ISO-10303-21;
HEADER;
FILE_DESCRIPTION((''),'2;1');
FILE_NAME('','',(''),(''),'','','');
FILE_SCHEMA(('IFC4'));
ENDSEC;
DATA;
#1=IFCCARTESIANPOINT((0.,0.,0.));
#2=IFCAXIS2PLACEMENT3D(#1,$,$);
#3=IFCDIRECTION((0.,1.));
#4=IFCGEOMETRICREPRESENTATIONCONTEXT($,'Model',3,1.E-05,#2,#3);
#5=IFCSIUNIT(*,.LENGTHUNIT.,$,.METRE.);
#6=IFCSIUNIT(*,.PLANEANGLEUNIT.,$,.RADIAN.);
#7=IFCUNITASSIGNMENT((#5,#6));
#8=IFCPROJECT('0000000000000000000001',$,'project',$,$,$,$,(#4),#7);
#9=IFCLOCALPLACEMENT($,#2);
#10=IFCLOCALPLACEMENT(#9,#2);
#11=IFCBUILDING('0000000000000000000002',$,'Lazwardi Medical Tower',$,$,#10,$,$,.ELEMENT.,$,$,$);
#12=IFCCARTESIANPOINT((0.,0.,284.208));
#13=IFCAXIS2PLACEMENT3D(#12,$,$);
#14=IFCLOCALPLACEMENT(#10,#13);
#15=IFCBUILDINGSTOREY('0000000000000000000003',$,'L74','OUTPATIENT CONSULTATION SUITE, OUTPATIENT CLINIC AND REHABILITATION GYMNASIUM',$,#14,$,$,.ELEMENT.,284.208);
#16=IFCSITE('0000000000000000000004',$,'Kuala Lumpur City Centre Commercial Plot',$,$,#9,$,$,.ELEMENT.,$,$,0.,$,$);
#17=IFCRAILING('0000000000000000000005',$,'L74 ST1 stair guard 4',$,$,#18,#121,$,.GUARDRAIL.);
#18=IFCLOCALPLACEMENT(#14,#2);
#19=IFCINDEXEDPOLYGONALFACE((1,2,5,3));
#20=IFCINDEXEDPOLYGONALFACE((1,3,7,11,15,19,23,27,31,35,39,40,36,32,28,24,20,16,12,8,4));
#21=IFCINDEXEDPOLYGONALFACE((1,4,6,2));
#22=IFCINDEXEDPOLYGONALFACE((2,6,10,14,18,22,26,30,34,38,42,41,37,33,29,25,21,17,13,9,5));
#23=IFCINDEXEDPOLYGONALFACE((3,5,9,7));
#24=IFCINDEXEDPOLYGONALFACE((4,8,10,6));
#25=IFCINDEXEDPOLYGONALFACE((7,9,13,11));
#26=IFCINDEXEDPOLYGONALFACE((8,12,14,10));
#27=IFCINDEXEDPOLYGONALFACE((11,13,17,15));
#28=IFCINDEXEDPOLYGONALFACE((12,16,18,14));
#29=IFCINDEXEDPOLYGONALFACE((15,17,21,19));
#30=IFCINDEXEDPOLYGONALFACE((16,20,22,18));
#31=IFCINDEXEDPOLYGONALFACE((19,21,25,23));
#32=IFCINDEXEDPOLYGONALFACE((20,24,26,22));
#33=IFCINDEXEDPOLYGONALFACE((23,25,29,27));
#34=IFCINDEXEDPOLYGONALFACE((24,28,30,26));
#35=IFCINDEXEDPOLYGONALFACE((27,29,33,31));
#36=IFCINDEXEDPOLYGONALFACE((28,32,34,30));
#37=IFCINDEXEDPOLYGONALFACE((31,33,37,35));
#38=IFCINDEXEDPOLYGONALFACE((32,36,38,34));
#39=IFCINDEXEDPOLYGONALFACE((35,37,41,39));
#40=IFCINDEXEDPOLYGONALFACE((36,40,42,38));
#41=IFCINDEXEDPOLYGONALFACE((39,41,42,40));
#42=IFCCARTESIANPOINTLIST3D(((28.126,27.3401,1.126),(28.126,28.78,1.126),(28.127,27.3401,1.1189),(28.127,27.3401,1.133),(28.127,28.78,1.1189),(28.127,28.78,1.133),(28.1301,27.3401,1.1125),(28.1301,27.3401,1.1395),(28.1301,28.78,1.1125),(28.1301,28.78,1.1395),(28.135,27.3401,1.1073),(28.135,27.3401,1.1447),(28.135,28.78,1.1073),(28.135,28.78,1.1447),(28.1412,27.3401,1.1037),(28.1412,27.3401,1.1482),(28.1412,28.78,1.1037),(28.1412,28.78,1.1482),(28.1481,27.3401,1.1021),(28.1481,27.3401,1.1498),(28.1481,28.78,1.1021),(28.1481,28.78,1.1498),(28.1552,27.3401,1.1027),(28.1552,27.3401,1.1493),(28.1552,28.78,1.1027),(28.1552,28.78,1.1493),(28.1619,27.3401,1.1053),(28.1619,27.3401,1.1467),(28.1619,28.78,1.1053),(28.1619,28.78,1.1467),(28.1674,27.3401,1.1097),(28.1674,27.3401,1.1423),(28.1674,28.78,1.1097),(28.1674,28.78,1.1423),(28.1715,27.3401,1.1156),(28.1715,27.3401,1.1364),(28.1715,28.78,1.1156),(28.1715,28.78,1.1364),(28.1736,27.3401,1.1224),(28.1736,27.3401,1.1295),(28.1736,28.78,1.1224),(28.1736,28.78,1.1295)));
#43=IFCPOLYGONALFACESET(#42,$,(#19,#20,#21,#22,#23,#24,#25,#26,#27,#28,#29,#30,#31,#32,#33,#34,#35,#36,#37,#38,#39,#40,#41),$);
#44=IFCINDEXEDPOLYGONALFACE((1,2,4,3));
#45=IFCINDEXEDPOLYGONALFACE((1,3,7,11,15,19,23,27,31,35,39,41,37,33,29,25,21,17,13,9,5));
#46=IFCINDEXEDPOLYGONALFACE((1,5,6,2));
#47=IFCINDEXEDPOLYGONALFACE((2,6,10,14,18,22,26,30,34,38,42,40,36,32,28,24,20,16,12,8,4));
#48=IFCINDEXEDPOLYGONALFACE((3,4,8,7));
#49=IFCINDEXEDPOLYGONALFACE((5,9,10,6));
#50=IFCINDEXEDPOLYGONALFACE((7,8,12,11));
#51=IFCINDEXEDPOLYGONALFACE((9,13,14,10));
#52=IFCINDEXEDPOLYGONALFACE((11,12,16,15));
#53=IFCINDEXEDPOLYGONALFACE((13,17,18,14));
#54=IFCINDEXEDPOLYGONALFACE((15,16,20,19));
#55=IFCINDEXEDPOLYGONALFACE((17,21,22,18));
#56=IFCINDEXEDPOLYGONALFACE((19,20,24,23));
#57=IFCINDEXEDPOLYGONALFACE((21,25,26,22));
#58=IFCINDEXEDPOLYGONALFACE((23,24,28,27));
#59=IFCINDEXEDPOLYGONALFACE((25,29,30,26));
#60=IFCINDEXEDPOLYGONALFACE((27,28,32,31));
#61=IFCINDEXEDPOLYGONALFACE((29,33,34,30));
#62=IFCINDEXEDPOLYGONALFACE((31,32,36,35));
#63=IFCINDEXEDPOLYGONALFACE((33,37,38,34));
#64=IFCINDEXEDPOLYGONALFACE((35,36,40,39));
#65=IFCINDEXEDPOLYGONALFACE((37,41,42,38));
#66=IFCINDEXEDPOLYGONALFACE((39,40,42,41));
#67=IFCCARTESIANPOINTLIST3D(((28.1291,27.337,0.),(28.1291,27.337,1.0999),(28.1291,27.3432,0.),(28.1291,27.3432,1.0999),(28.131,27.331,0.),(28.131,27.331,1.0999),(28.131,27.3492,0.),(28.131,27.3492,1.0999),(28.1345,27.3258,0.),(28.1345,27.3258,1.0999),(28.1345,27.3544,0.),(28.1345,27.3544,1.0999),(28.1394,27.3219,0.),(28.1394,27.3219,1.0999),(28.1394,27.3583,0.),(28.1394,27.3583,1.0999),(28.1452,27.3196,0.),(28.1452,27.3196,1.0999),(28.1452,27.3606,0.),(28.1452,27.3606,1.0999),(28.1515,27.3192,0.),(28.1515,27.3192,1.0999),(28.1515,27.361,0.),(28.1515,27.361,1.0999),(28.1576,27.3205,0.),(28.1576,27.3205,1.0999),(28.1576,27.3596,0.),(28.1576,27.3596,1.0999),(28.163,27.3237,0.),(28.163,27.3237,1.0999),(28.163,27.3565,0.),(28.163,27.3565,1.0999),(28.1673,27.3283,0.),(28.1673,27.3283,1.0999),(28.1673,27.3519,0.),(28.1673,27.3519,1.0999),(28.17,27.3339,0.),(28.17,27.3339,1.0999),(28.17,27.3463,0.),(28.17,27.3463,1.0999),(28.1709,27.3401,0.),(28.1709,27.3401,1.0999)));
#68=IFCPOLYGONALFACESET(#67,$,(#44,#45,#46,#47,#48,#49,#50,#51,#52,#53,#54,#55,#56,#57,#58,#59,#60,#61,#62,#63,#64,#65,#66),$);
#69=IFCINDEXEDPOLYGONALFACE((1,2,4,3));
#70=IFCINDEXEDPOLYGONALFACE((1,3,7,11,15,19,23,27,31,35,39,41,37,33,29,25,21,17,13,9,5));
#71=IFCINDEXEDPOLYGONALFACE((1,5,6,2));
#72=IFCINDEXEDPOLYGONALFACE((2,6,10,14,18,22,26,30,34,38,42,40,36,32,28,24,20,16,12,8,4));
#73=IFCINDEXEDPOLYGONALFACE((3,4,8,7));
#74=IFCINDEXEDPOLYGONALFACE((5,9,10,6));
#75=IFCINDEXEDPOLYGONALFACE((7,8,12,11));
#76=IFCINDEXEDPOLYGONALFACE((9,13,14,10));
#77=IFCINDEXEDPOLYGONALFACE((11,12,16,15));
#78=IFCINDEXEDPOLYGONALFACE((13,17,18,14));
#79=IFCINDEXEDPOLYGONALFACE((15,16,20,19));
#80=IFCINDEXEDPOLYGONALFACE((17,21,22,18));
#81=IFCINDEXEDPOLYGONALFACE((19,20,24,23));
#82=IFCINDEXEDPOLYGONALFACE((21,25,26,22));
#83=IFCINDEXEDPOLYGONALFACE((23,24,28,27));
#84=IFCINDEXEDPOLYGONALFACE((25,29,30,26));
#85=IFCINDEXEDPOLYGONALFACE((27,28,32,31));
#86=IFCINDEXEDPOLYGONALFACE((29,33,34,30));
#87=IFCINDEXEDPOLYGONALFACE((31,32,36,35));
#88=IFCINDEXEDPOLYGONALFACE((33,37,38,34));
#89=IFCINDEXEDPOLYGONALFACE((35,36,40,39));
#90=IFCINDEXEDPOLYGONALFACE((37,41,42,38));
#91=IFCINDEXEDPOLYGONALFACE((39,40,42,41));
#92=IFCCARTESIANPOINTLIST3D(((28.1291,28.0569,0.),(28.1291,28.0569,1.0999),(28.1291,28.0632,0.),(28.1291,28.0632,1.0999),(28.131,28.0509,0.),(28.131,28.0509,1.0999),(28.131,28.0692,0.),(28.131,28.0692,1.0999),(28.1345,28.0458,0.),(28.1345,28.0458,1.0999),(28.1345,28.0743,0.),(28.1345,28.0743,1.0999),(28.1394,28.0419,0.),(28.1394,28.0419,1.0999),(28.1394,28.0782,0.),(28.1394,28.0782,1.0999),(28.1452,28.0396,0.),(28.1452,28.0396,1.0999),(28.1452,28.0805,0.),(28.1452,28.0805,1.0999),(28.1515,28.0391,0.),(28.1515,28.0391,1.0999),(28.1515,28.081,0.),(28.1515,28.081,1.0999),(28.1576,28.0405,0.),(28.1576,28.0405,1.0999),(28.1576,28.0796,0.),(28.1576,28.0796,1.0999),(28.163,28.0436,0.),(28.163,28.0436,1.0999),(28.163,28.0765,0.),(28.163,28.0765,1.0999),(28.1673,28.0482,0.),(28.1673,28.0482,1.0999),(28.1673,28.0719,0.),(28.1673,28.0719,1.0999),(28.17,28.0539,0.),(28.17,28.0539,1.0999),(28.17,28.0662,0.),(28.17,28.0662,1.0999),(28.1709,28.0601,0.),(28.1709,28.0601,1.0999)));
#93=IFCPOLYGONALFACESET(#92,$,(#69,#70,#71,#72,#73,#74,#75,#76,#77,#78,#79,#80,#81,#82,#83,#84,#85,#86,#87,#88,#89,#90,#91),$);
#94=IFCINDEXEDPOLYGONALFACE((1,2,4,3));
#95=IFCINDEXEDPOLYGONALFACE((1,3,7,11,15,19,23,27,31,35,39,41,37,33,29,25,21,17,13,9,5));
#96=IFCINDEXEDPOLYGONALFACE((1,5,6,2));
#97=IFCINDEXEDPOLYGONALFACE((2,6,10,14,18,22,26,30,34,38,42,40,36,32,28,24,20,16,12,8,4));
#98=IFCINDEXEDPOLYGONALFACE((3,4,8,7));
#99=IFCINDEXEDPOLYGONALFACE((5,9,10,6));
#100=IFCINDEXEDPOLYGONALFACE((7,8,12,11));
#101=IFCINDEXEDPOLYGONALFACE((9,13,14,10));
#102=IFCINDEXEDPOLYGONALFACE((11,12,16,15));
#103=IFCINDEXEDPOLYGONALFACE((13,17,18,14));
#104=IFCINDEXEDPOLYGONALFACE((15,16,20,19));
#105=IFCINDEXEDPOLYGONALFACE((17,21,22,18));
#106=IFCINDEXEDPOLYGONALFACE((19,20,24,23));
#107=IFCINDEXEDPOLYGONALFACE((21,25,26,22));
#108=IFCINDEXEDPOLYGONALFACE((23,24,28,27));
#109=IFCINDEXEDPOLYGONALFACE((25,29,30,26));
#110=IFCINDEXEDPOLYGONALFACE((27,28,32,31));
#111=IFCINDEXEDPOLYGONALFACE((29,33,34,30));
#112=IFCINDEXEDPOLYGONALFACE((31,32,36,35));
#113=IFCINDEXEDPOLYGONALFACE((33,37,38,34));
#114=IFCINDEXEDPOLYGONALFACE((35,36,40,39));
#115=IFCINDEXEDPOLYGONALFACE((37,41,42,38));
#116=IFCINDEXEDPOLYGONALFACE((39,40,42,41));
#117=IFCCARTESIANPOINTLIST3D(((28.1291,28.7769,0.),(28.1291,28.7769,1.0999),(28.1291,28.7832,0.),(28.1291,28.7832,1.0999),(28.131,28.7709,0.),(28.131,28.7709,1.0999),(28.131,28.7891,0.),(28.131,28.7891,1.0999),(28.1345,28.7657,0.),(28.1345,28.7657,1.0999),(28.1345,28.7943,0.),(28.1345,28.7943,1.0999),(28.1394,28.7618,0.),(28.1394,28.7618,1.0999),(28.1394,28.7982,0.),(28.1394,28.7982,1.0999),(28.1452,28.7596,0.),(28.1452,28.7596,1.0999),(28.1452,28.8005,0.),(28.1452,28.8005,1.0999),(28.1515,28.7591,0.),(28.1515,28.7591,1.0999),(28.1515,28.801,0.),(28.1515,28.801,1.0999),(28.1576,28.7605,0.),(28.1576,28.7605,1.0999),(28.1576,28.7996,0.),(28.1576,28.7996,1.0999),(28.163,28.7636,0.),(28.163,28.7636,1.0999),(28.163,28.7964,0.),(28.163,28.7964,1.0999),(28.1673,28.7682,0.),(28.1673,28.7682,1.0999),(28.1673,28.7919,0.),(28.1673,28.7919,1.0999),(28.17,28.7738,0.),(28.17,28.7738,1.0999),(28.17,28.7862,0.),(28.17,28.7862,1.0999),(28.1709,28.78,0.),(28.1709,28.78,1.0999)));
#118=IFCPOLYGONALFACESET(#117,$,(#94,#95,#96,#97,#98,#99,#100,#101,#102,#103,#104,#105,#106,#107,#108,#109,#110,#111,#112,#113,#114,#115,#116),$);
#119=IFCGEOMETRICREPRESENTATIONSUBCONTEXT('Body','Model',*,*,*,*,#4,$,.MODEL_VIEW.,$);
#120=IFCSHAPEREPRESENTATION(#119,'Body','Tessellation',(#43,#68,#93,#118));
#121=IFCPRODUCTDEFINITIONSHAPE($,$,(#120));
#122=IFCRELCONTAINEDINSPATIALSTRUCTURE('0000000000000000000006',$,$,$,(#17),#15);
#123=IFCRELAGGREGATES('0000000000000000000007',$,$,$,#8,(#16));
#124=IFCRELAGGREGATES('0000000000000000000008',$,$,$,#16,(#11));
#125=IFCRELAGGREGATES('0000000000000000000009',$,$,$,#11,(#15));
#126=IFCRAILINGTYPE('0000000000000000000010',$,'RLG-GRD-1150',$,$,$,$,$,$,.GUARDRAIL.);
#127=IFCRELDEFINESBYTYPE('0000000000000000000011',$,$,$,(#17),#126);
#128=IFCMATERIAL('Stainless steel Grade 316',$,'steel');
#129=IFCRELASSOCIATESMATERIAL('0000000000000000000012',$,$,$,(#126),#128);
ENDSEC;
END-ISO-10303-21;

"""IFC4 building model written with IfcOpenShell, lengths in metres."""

from ifc_helpers import new_model, si_unit, direction, frame, origin, origin_2d, place, context, subcontext, project, spatial, circle, extrude, material, type_object, element, save


model = new_model("IFC4")

# Units and contexts
model_context = context("Model", 3, precision=1e-05, world=origin(), true_north=direction((0.0, 1.0)))
body_context = subcontext(model_context, "Body", "Model", "MODEL_VIEW")
ifc_project = project(units=[si_unit("LENGTHUNIT", "METRE"), si_unit("PLANEANGLEUNIT", "RADIAN")], contexts=[model_context])

# Site, building, storey
site_placement = place(None, origin())
site = spatial("IfcSite", under=ifc_project, at=site_placement, Name="Kuala Lumpur City Centre Commercial Plot", CompositionType="ELEMENT", RefElevation=0.0)
building_placement = place(site_placement, origin())
building = spatial("IfcBuilding", under=site, at=building_placement, Name="Lazwardi Medical Tower", CompositionType="ELEMENT")
storey_placement = place(building_placement, frame((0.0, 0.0, 284.208)))
storey = spatial("IfcBuildingStorey", under=building, at=storey_placement, Name="L74", Description="OUTPATIENT CONSULTATION SUITE, OUTPATIENT CLINIC AND REHABILITATION GYMNASIUM", CompositionType="ELEMENT", Elevation=284.208)

# Railing
ifc_material_1 = material(Name="Stainless steel Grade 316", Category="steel")
railing_type_1 = type_object("IfcRailingType", Name="RLG-GRD-1150", PredefinedType="GUARDRAIL", material=ifc_material_1)
railing_1_placement = place(storey_placement, frame((28.1499, 27.3401, 0.0)))
element("IfcRailing", 1, at=railing_1_placement, inside=storey, type_object=railing_type_1, Name="L74 ST1 stair guard 4", PredefinedType="GUARDRAIL", context=body_context, shape_type="SweptSolid", body=[
    extrude(circle(Radius=0.0239, at=origin_2d()), frame((0.0, 0.0, 1.126), z_axis=(0.0, 1.0, 0.0), x_axis=(-1.0, 0.0, 0.0)), (0.0, 0.0, 1.0), 1.4399),
    extrude(circle(Radius=0.021, at=origin_2d()), origin(), (0.0, 0.0, 1.0), 1.0999),
    extrude(circle(Radius=0.021, at=origin_2d()), frame((0.0, 0.72, 0.0)), (0.0, 0.0, 1.0), 1.0999),
    extrude(circle(Radius=0.021, at=origin_2d()), frame((0.0, 1.4399, 0.0)), (0.0, 0.0, 1.0), 1.0999),
])

save(model, "model.ifc")
